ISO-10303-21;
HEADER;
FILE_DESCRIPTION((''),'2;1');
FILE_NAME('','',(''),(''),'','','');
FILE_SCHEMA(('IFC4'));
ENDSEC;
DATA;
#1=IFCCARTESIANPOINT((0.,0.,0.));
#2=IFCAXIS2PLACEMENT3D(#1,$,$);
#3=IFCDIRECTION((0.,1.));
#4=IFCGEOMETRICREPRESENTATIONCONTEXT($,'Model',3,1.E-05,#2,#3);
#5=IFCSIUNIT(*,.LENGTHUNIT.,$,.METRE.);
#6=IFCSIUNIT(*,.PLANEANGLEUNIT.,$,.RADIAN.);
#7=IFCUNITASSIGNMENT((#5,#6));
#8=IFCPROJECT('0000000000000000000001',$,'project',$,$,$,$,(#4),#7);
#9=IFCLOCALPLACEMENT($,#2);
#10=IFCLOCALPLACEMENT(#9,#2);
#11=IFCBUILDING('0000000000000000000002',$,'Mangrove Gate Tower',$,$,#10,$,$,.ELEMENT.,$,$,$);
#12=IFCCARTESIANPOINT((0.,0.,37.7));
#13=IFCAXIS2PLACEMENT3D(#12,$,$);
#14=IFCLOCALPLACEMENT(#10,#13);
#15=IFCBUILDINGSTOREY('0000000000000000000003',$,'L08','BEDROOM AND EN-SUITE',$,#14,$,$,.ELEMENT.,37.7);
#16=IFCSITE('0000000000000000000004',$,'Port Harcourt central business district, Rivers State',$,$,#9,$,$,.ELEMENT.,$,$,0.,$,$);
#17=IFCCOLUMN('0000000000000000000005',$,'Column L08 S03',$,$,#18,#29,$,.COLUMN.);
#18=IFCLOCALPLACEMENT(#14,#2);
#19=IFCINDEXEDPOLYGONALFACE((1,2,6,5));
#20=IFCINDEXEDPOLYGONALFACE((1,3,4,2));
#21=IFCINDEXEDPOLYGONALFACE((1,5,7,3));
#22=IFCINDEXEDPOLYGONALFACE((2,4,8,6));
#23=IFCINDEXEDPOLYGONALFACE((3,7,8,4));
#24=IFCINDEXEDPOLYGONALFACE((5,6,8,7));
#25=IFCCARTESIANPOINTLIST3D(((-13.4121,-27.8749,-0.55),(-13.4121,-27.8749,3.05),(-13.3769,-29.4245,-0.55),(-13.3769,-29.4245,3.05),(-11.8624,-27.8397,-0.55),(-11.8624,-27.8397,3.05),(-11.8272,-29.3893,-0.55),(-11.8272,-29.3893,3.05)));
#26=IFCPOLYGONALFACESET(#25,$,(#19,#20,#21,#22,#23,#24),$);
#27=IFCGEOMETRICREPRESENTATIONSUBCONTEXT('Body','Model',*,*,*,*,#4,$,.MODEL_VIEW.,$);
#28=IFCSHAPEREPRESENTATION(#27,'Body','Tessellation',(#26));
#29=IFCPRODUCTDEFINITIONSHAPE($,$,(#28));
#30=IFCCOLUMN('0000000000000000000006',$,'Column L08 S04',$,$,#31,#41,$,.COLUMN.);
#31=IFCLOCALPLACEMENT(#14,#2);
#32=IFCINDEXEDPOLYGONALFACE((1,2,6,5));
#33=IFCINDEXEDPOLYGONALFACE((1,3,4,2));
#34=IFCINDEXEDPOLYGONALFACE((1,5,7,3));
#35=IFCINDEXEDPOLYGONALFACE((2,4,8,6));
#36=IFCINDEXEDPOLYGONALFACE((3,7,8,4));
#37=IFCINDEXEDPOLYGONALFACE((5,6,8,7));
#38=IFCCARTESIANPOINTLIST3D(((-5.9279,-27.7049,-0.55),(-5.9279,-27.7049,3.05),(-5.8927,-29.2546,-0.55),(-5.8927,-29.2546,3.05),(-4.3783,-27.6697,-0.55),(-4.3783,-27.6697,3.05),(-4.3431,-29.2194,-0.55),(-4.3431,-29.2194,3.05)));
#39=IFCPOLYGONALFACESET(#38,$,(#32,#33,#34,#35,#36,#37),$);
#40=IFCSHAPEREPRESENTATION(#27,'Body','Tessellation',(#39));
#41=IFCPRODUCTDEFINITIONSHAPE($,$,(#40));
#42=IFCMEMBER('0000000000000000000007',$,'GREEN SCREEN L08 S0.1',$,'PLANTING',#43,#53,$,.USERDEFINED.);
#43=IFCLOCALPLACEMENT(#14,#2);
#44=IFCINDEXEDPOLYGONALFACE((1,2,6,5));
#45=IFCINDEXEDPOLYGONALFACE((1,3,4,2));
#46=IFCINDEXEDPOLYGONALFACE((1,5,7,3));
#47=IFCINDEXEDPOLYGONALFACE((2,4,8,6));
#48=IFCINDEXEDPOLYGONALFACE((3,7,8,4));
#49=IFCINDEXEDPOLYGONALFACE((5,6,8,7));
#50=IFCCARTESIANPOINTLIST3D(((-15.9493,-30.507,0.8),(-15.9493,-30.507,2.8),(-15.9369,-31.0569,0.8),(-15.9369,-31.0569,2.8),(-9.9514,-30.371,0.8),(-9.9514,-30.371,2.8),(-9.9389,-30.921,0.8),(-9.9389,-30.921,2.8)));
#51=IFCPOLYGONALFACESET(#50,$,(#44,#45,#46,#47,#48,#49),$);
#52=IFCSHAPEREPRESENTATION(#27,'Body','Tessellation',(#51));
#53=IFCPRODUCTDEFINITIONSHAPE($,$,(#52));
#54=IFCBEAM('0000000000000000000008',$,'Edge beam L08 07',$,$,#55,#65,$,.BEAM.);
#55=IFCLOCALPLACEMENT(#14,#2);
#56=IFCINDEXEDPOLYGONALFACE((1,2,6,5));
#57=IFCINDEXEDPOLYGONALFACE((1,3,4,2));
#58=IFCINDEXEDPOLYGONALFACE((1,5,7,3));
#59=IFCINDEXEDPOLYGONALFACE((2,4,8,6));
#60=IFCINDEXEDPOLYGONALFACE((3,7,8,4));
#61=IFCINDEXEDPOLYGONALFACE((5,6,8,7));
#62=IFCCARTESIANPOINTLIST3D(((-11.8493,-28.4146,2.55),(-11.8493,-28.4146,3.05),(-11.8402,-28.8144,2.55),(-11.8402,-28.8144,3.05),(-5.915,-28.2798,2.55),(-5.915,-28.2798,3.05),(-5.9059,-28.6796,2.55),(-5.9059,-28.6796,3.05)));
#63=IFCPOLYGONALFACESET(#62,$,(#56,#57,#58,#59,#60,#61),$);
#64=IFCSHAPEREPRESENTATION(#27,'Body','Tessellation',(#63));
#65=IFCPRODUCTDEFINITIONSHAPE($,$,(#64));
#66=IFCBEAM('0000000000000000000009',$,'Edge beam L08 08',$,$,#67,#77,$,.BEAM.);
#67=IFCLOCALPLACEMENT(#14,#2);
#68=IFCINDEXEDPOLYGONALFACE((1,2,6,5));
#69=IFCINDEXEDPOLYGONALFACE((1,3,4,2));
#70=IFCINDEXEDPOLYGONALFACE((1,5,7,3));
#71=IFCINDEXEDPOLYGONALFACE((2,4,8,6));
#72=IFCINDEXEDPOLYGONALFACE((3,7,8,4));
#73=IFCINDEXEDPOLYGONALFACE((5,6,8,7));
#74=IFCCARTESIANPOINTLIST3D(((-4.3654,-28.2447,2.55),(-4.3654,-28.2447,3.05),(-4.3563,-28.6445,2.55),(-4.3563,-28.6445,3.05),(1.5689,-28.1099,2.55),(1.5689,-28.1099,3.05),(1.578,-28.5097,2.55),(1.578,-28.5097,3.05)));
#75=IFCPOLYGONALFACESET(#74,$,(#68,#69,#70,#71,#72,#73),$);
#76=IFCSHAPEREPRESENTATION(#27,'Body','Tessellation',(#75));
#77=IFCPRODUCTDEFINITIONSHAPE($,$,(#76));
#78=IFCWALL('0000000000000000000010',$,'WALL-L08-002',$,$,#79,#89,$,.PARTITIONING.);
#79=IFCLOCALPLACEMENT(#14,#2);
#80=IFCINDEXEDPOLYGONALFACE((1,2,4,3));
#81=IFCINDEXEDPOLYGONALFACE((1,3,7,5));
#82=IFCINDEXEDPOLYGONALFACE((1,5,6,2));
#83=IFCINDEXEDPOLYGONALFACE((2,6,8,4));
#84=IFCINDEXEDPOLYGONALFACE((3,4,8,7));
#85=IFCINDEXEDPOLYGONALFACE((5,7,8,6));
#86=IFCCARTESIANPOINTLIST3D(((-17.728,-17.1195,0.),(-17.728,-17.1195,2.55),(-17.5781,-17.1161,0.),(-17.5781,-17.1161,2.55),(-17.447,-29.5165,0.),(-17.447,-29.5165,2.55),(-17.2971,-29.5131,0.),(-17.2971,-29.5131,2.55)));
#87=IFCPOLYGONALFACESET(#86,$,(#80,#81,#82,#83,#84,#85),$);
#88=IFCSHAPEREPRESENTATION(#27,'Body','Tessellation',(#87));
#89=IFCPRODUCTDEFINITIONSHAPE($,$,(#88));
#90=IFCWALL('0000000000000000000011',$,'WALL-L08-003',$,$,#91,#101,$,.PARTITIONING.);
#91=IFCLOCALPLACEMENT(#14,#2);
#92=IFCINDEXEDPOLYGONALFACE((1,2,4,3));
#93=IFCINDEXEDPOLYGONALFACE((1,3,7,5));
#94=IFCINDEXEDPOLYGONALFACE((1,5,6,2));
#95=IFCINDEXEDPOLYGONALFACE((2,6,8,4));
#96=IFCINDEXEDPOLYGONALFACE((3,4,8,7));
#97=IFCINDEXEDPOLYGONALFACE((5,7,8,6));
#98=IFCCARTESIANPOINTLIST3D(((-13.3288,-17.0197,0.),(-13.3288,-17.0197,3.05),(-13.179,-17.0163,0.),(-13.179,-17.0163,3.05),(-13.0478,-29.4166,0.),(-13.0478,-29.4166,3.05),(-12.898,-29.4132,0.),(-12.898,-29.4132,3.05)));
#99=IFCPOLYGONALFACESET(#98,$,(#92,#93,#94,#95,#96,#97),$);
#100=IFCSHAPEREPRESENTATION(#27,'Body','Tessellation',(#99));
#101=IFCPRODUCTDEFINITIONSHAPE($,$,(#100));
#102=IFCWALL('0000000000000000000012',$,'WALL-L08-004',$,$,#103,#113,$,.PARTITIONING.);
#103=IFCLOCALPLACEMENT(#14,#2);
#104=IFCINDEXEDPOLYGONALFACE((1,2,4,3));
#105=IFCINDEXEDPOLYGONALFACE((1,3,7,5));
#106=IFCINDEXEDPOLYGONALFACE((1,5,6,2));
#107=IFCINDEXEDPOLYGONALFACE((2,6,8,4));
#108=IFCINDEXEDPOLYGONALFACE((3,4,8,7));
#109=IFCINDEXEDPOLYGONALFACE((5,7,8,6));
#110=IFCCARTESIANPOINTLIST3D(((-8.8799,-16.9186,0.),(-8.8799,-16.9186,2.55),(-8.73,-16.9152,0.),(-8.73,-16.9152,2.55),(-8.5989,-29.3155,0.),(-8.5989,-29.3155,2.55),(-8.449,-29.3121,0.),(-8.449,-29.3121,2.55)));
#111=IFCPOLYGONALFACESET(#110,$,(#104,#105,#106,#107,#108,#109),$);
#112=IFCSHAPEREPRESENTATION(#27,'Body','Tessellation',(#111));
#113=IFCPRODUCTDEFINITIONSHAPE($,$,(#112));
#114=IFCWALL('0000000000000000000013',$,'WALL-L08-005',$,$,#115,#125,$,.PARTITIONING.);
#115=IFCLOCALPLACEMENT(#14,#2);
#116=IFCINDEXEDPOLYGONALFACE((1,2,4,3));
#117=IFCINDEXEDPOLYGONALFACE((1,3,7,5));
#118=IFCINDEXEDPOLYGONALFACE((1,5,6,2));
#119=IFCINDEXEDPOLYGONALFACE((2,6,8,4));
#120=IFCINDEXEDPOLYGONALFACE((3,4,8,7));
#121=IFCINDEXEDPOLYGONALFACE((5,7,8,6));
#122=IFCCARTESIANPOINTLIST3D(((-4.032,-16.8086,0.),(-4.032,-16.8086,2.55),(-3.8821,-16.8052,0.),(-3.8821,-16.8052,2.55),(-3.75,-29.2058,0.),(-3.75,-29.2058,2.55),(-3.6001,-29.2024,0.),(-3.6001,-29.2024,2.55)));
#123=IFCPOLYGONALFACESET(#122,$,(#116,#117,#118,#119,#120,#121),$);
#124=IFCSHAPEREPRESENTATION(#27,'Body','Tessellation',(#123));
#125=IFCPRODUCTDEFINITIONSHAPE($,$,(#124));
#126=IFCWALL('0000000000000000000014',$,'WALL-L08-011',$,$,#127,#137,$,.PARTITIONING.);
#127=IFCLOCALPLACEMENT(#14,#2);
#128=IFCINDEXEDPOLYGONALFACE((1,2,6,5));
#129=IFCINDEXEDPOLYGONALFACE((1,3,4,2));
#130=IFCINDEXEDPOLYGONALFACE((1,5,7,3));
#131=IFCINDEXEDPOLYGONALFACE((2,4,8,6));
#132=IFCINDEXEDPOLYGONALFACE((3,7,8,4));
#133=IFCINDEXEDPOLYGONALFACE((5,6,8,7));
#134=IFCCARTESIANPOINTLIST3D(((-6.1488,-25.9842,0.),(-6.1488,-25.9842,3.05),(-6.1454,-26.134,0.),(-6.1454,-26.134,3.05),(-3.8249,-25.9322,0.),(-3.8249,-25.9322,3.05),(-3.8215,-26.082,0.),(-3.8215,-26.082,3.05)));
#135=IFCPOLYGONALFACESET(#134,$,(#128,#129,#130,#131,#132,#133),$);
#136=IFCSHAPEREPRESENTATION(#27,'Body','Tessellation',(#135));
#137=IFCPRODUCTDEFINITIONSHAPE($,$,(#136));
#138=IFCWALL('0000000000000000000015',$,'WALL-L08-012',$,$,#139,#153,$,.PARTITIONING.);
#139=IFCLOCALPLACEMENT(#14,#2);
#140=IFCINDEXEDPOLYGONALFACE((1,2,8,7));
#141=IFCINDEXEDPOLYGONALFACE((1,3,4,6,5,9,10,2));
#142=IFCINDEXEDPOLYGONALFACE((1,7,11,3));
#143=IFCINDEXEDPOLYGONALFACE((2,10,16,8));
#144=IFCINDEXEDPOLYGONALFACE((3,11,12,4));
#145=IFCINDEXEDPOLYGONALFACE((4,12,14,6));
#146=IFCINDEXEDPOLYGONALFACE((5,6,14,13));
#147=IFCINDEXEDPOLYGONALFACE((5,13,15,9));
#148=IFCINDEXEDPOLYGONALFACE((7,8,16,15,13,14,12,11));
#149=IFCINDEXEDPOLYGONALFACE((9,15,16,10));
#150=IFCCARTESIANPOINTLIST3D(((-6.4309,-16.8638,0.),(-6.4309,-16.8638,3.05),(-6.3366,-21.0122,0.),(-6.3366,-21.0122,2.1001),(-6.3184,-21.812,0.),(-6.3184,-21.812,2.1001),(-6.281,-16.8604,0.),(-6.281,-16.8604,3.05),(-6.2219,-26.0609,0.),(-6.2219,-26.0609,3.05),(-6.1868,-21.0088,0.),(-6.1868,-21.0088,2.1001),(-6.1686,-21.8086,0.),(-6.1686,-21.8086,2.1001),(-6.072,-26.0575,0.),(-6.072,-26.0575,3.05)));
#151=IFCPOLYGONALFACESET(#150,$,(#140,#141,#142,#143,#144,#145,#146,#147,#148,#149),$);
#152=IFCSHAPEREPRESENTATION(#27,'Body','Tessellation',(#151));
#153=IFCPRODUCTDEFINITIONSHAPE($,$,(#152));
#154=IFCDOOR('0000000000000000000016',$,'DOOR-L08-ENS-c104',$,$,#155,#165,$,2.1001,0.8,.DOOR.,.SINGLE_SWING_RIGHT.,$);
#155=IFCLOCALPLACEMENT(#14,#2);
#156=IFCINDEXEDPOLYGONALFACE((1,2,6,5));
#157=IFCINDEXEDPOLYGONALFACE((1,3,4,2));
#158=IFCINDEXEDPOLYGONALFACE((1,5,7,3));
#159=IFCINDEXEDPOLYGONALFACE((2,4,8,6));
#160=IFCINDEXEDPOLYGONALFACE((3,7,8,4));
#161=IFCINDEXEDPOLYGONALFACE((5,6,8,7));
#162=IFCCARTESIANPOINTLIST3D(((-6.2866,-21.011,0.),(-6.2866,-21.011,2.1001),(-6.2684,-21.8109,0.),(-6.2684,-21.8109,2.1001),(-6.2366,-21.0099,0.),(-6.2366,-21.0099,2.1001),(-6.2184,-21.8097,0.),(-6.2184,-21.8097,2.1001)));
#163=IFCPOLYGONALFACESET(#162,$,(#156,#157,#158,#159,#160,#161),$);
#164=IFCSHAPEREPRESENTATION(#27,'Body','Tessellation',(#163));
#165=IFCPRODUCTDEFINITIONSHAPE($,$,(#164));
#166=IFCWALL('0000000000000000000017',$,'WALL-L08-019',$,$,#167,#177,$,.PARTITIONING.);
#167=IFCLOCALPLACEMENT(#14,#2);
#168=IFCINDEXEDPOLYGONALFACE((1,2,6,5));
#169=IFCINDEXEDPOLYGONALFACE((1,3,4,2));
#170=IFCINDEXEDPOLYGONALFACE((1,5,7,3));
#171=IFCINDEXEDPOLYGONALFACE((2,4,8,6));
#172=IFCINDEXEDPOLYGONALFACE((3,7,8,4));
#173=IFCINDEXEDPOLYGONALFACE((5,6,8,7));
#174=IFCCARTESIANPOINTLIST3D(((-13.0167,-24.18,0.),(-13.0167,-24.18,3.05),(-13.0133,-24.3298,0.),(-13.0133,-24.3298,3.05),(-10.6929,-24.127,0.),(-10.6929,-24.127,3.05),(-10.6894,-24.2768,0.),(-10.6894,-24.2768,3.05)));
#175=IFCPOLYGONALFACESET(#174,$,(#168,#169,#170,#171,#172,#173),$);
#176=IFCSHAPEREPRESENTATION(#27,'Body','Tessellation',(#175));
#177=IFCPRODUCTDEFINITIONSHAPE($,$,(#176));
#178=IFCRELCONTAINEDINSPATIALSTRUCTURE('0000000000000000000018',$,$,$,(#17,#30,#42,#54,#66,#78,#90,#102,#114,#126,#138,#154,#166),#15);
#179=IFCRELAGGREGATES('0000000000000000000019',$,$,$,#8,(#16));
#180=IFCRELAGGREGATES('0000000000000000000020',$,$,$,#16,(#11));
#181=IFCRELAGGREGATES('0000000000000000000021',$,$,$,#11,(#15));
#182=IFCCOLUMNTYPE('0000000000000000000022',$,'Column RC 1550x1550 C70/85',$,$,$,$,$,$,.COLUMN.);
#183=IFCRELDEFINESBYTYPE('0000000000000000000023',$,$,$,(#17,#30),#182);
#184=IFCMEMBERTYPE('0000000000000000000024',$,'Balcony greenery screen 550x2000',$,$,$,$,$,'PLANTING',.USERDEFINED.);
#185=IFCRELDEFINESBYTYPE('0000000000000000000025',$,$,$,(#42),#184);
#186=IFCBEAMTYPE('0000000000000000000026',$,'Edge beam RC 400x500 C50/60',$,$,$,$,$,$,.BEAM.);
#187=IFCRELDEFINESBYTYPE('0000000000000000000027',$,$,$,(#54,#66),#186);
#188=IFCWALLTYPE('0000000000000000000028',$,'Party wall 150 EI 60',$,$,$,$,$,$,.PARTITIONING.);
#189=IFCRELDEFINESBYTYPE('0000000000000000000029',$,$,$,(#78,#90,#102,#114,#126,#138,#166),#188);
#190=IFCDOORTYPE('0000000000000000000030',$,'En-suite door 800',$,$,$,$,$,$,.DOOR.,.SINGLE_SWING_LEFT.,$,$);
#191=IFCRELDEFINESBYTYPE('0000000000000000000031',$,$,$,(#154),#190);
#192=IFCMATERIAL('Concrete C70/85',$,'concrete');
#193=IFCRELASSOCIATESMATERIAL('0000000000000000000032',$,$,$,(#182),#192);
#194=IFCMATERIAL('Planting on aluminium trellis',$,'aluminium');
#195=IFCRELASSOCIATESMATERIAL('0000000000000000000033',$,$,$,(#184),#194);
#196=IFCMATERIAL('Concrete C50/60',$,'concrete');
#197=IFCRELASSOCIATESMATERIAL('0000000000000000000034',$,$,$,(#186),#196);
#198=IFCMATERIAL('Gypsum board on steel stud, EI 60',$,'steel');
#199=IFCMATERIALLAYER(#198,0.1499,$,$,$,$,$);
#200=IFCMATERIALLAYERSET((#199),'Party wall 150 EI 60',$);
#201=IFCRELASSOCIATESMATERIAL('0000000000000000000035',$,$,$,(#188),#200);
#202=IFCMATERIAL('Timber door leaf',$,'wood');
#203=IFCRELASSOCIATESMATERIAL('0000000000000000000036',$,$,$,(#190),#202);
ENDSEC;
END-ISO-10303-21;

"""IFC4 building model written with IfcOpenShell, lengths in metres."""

from ifc_helpers import new_model, si_unit, direction, frame, frame_2d, origin, origin_2d, place, context, subcontext, project, spatial, rectangle, extrude, material, layer, layer_set, material_profile, profile_set, type_object, element, fill, save


model = new_model("IFC4")

# Units and contexts
model_context = context("Model", 3, precision=1e-05, world=origin(), true_north=direction((0.0, 1.0)))
body_context = subcontext(model_context, "Body", "Model", "MODEL_VIEW")
ifc_project = project(units=[si_unit("LENGTHUNIT", "METRE"), si_unit("PLANEANGLEUNIT", "RADIAN")], contexts=[model_context])

# Site, building, storey
site_placement = place(None, origin())
site = spatial("IfcSite", under=ifc_project, at=site_placement, Name="Port Harcourt central business district, Rivers State", CompositionType="ELEMENT", RefElevation=0.0)
building_placement = place(site_placement, origin())
building = spatial("IfcBuilding", under=site, at=building_placement, Name="Mangrove Gate Tower", CompositionType="ELEMENT")
storey_placement = place(building_placement, frame((0.0, 0.0, 37.7)))
storey = spatial("IfcBuildingStorey", under=building, at=storey_placement, Name="L08", Description="BEDROOM AND EN-SUITE", CompositionType="ELEMENT", Elevation=37.7)

# Columns
ifc_material_1 = material(Name="Concrete C70/85", Category="concrete")
ifc_material_profile_1 = material_profile(ifc_material_1, rectangle(XDim=1.55, YDim=1.55, at=origin_2d()))
ifc_profile_set_1 = profile_set([ifc_material_profile_1], Name="Concrete C70/85")
column_type = type_object("IfcColumnType", Name="Column RC 1550x1550 C70/85", PredefinedType="COLUMN", material=ifc_profile_set_1)
for number, where, z_axis, x_axis, name in (
    (1, (-12.6196, -28.6321, -0.55), (0.0, 0.0, 1.0), (0.999742, 0.022711, 0.0), "Column L08 S03"),
    (2, (-5.1355, -28.4622, -0.55), (0.0, 0.0, 1.0), (0.999742, 0.022709, 0.0), "Column L08 S04"),
):
    element("IfcColumn", number, at=place(storey_placement, frame(where, z_axis=z_axis, x_axis=x_axis)), inside=storey, type_object=column_type, Name=name, PredefinedType="COLUMN", context=body_context, shape_type="SweptSolid", body=[
        extrude(rectangle(XDim=1.55, YDim=1.55, at=origin_2d()), origin(), (0.0, 0.0, 1.0), 3.6001),
    ])

# Member
ifc_material_2 = material(Name="Planting on aluminium trellis", Category="aluminium")
ifc_material_profile_2 = material_profile(ifc_material_2, rectangle(XDim=0.55, YDim=2.0, at=origin_2d()))
ifc_profile_set_2 = profile_set([ifc_material_profile_2], Name="Planting on aluminium trellis")
member_type = type_object("IfcMemberType", Name="Balcony greenery screen 550x2000", ElementType="PLANTING", PredefinedType="USERDEFINED", material=ifc_profile_set_2)
member_placement = place(storey_placement, frame((-15.9431, -30.782, 1.8), z_axis=(0.999743, 0.022666, 0.0), x_axis=(-0.022666, 0.999743, 0.0)))
element("IfcMember", 3, at=member_placement, inside=storey, type_object=member_type, Name="GREEN SCREEN L08 S0.1", ObjectType="PLANTING", PredefinedType="USERDEFINED", context=body_context, shape_type="SweptSolid", body=[
    extrude(rectangle(XDim=0.55, YDim=2.0, at=origin_2d()), origin(), (0.0, 0.0, 1.0), 5.9995),
])

# Beams
ifc_material_3 = material(Name="Concrete C50/60", Category="concrete")
ifc_material_profile_3 = material_profile(ifc_material_3, rectangle(XDim=0.3999, YDim=0.5, at=origin_2d()))
ifc_profile_set_3 = profile_set([ifc_material_profile_3], Name="Concrete C50/60")
beam_type = type_object("IfcBeamType", Name="Edge beam RC 400x500 C50/60", PredefinedType="BEAM", material=ifc_profile_set_3)
for number, where, z_axis, x_axis, name in (
    (4, (-11.8447, -28.6145, 2.8), (0.999742, 0.022704, 0.0), (-0.022704, 0.999742, 0.0), "Edge beam L08 07"),
    (5, (-4.3608, -28.4446, 2.8), (0.999742, 0.022704, 0.0), (-0.022704, 0.999742, 0.0), "Edge beam L08 08"),
):
    element("IfcBeam", number, at=place(storey_placement, frame(where, z_axis=z_axis, x_axis=x_axis)), inside=storey, type_object=beam_type, Name=name, PredefinedType="BEAM", context=body_context, shape_type="SweptSolid", body=[
        extrude(rectangle(XDim=0.3999, YDim=0.5, at=origin_2d()), origin(), (0.0, 0.0, 1.0), 5.9358),
    ])

# Walls
ifc_material_4 = material(Name="Gypsum board on steel stud, EI 60", Category="steel")
ifc_layer_1 = layer(ifc_material_4, 0.1499)
ifc_layer_set_1 = layer_set([ifc_layer_1], Name="Party wall 150 EI 60")
wall_type_1 = type_object("IfcWallType", Name="Party wall 150 EI 60", PredefinedType="PARTITIONING", material=ifc_layer_set_1)
wall_1_placement = place(storey_placement, frame((-17.3721, -29.5149, 0.0), z_axis=(0.0, 0.0, 1.0), x_axis=(-0.022661, 0.999743, 0.0)))
element("IfcWall", 6, at=wall_1_placement, inside=storey, type_object=wall_type_1, Name="WALL-L08-002", PredefinedType="PARTITIONING", context=body_context, shape_type="SweptSolid", body=[
    extrude(rectangle(XDim=12.4001, YDim=0.1499, at=frame_2d((6.2002, 0.0))), origin(), (0.0, 0.0, 1.0), 2.55),
])
wall_2_placement = place(storey_placement, frame((-12.9729, -29.415, 0.0), z_axis=(0.0, 0.0, 1.0), x_axis=(-0.022661, 0.999743, 0.0)))
element("IfcWall", 7, at=wall_2_placement, inside=storey, type_object=wall_type_1, Name="WALL-L08-003", PredefinedType="PARTITIONING", context=body_context, shape_type="SweptSolid", body=[
    extrude(rectangle(XDim=12.4001, YDim=0.1499, at=frame_2d((6.2002, 0.0))), origin(), (0.0, 0.0, 1.0), 3.05),
])
wall_3_placement = place(storey_placement, frame((-8.5239, -29.314, 0.0), z_axis=(0.0, 0.0, 1.0), x_axis=(-0.022661, 0.999743, 0.0)))
element("IfcWall", 8, at=wall_3_placement, inside=storey, type_object=wall_type_1, Name="WALL-L08-004", PredefinedType="PARTITIONING", context=body_context, shape_type="SweptSolid", body=[
    extrude(rectangle(XDim=12.4001, YDim=0.1499, at=frame_2d((6.2002, 0.0))), origin(), (0.0, 0.0, 1.0), 2.55),
])
wall_4_placement = place(storey_placement, frame((-3.675, -29.2041, 0.0), z_axis=(0.0, 0.0, 1.0), x_axis=(-0.02274, 0.999741, 0.0)))
element("IfcWall", 9, at=wall_4_placement, inside=storey, type_object=wall_type_1, Name="WALL-L08-005", PredefinedType="PARTITIONING", context=body_context, shape_type="SweptSolid", body=[
    extrude(rectangle(XDim=12.4004, YDim=0.1499, at=frame_2d((6.2002, 0.0))), origin(), (0.0, 0.0, 1.0), 2.55),
])
wall_5_placement = place(storey_placement, frame((-6.147, -26.0591, 0.0), z_axis=(0.0, 0.0, 1.0), x_axis=(0.99975, 0.022371, 0.0)))
element("IfcWall", 10, at=wall_5_placement, inside=storey, type_object=wall_type_1, Name="WALL-L08-011", PredefinedType="PARTITIONING", context=body_context, shape_type="SweptSolid", body=[
    extrude(rectangle(XDim=2.3245, YDim=0.1499, at=frame_2d((1.1621, 0.0))), origin(), (0.0, 0.0, 1.0), 3.05),
])

# Wall, opening, door
wall_6_placement = place(storey_placement, frame((-6.147, -26.0591, 0.0), z_axis=(0.0, 0.0, 1.0), x_axis=(-0.022717, 0.999742, 0.0)))
wall_6 = element("IfcWall", 11, at=wall_6_placement, inside=storey, type_object=wall_type_1, Name="WALL-L08-012", PredefinedType="PARTITIONING", context=body_context, shape_type="SweptSolid", body=[
    extrude(rectangle(XDim=9.1995, YDim=0.1499, at=frame_2d((4.5996, 0.0))), origin(), (0.0, 0.0, 1.0), 3.05),
])
opening_1_placement = place(wall_6_placement, frame((4.25, 0.0, 0.0)))
opening_1 = element("IfcOpeningElement", 12, at=opening_1_placement, cuts=wall_6, PredefinedType="OPENING", context=body_context, shape_type="SweptSolid", body=[
    extrude(rectangle(XDim=0.8, YDim=2.1001, at=frame_2d((0.3999, 1.05))), frame((0.0, 0.085, 0.0), z_axis=(0.0, -1.0, 0.0), x_axis=(1.0, 0.0, 0.0)), (0.0, 0.0, 1.0), 0.1699),
])
ifc_material_5 = material(Name="Timber door leaf", Category="wood")
door_type = type_object("IfcDoorType", Name="En-suite door 800", OperationType="SINGLE_SWING_LEFT", PredefinedType="DOOR", material=ifc_material_5)
door_1_placement = place(opening_1_placement, origin())
door_1 = element("IfcDoor", 13, at=door_1_placement, inside=storey, type_object=door_type, Name="DOOR-L08-ENS-c104", OperationType="SINGLE_SWING_RIGHT", OverallHeight=2.1001, OverallWidth=0.8, PredefinedType="DOOR", context=body_context, shape_type="SweptSolid", body=[
    extrude(rectangle(XDim=0.8, YDim=2.1001, at=frame_2d((0.3999, 1.05))), frame((0.0, 0.0249, 0.0), z_axis=(0.0, -1.0, 0.0), x_axis=(1.0, 0.0, 0.0)), (0.0, 0.0, 1.0), 0.05),
])
fill(opening_1, door_1)

# Wall
wall_7_placement = place(storey_placement, frame((-13.0149, -24.2549, 0.0), z_axis=(0.0, 0.0, 1.0), x_axis=(0.99974, 0.022791, 0.0)))
element("IfcWall", 14, at=wall_7_placement, inside=storey, type_object=wall_type_1, Name="WALL-L08-019", PredefinedType="PARTITIONING", context=body_context, shape_type="SweptSolid", body=[
    extrude(rectangle(XDim=2.3245, YDim=0.1499, at=frame_2d((1.1621, 0.0))), origin(), (0.0, 0.0, 1.0), 3.05),
])

save(model, "model.ifc")
